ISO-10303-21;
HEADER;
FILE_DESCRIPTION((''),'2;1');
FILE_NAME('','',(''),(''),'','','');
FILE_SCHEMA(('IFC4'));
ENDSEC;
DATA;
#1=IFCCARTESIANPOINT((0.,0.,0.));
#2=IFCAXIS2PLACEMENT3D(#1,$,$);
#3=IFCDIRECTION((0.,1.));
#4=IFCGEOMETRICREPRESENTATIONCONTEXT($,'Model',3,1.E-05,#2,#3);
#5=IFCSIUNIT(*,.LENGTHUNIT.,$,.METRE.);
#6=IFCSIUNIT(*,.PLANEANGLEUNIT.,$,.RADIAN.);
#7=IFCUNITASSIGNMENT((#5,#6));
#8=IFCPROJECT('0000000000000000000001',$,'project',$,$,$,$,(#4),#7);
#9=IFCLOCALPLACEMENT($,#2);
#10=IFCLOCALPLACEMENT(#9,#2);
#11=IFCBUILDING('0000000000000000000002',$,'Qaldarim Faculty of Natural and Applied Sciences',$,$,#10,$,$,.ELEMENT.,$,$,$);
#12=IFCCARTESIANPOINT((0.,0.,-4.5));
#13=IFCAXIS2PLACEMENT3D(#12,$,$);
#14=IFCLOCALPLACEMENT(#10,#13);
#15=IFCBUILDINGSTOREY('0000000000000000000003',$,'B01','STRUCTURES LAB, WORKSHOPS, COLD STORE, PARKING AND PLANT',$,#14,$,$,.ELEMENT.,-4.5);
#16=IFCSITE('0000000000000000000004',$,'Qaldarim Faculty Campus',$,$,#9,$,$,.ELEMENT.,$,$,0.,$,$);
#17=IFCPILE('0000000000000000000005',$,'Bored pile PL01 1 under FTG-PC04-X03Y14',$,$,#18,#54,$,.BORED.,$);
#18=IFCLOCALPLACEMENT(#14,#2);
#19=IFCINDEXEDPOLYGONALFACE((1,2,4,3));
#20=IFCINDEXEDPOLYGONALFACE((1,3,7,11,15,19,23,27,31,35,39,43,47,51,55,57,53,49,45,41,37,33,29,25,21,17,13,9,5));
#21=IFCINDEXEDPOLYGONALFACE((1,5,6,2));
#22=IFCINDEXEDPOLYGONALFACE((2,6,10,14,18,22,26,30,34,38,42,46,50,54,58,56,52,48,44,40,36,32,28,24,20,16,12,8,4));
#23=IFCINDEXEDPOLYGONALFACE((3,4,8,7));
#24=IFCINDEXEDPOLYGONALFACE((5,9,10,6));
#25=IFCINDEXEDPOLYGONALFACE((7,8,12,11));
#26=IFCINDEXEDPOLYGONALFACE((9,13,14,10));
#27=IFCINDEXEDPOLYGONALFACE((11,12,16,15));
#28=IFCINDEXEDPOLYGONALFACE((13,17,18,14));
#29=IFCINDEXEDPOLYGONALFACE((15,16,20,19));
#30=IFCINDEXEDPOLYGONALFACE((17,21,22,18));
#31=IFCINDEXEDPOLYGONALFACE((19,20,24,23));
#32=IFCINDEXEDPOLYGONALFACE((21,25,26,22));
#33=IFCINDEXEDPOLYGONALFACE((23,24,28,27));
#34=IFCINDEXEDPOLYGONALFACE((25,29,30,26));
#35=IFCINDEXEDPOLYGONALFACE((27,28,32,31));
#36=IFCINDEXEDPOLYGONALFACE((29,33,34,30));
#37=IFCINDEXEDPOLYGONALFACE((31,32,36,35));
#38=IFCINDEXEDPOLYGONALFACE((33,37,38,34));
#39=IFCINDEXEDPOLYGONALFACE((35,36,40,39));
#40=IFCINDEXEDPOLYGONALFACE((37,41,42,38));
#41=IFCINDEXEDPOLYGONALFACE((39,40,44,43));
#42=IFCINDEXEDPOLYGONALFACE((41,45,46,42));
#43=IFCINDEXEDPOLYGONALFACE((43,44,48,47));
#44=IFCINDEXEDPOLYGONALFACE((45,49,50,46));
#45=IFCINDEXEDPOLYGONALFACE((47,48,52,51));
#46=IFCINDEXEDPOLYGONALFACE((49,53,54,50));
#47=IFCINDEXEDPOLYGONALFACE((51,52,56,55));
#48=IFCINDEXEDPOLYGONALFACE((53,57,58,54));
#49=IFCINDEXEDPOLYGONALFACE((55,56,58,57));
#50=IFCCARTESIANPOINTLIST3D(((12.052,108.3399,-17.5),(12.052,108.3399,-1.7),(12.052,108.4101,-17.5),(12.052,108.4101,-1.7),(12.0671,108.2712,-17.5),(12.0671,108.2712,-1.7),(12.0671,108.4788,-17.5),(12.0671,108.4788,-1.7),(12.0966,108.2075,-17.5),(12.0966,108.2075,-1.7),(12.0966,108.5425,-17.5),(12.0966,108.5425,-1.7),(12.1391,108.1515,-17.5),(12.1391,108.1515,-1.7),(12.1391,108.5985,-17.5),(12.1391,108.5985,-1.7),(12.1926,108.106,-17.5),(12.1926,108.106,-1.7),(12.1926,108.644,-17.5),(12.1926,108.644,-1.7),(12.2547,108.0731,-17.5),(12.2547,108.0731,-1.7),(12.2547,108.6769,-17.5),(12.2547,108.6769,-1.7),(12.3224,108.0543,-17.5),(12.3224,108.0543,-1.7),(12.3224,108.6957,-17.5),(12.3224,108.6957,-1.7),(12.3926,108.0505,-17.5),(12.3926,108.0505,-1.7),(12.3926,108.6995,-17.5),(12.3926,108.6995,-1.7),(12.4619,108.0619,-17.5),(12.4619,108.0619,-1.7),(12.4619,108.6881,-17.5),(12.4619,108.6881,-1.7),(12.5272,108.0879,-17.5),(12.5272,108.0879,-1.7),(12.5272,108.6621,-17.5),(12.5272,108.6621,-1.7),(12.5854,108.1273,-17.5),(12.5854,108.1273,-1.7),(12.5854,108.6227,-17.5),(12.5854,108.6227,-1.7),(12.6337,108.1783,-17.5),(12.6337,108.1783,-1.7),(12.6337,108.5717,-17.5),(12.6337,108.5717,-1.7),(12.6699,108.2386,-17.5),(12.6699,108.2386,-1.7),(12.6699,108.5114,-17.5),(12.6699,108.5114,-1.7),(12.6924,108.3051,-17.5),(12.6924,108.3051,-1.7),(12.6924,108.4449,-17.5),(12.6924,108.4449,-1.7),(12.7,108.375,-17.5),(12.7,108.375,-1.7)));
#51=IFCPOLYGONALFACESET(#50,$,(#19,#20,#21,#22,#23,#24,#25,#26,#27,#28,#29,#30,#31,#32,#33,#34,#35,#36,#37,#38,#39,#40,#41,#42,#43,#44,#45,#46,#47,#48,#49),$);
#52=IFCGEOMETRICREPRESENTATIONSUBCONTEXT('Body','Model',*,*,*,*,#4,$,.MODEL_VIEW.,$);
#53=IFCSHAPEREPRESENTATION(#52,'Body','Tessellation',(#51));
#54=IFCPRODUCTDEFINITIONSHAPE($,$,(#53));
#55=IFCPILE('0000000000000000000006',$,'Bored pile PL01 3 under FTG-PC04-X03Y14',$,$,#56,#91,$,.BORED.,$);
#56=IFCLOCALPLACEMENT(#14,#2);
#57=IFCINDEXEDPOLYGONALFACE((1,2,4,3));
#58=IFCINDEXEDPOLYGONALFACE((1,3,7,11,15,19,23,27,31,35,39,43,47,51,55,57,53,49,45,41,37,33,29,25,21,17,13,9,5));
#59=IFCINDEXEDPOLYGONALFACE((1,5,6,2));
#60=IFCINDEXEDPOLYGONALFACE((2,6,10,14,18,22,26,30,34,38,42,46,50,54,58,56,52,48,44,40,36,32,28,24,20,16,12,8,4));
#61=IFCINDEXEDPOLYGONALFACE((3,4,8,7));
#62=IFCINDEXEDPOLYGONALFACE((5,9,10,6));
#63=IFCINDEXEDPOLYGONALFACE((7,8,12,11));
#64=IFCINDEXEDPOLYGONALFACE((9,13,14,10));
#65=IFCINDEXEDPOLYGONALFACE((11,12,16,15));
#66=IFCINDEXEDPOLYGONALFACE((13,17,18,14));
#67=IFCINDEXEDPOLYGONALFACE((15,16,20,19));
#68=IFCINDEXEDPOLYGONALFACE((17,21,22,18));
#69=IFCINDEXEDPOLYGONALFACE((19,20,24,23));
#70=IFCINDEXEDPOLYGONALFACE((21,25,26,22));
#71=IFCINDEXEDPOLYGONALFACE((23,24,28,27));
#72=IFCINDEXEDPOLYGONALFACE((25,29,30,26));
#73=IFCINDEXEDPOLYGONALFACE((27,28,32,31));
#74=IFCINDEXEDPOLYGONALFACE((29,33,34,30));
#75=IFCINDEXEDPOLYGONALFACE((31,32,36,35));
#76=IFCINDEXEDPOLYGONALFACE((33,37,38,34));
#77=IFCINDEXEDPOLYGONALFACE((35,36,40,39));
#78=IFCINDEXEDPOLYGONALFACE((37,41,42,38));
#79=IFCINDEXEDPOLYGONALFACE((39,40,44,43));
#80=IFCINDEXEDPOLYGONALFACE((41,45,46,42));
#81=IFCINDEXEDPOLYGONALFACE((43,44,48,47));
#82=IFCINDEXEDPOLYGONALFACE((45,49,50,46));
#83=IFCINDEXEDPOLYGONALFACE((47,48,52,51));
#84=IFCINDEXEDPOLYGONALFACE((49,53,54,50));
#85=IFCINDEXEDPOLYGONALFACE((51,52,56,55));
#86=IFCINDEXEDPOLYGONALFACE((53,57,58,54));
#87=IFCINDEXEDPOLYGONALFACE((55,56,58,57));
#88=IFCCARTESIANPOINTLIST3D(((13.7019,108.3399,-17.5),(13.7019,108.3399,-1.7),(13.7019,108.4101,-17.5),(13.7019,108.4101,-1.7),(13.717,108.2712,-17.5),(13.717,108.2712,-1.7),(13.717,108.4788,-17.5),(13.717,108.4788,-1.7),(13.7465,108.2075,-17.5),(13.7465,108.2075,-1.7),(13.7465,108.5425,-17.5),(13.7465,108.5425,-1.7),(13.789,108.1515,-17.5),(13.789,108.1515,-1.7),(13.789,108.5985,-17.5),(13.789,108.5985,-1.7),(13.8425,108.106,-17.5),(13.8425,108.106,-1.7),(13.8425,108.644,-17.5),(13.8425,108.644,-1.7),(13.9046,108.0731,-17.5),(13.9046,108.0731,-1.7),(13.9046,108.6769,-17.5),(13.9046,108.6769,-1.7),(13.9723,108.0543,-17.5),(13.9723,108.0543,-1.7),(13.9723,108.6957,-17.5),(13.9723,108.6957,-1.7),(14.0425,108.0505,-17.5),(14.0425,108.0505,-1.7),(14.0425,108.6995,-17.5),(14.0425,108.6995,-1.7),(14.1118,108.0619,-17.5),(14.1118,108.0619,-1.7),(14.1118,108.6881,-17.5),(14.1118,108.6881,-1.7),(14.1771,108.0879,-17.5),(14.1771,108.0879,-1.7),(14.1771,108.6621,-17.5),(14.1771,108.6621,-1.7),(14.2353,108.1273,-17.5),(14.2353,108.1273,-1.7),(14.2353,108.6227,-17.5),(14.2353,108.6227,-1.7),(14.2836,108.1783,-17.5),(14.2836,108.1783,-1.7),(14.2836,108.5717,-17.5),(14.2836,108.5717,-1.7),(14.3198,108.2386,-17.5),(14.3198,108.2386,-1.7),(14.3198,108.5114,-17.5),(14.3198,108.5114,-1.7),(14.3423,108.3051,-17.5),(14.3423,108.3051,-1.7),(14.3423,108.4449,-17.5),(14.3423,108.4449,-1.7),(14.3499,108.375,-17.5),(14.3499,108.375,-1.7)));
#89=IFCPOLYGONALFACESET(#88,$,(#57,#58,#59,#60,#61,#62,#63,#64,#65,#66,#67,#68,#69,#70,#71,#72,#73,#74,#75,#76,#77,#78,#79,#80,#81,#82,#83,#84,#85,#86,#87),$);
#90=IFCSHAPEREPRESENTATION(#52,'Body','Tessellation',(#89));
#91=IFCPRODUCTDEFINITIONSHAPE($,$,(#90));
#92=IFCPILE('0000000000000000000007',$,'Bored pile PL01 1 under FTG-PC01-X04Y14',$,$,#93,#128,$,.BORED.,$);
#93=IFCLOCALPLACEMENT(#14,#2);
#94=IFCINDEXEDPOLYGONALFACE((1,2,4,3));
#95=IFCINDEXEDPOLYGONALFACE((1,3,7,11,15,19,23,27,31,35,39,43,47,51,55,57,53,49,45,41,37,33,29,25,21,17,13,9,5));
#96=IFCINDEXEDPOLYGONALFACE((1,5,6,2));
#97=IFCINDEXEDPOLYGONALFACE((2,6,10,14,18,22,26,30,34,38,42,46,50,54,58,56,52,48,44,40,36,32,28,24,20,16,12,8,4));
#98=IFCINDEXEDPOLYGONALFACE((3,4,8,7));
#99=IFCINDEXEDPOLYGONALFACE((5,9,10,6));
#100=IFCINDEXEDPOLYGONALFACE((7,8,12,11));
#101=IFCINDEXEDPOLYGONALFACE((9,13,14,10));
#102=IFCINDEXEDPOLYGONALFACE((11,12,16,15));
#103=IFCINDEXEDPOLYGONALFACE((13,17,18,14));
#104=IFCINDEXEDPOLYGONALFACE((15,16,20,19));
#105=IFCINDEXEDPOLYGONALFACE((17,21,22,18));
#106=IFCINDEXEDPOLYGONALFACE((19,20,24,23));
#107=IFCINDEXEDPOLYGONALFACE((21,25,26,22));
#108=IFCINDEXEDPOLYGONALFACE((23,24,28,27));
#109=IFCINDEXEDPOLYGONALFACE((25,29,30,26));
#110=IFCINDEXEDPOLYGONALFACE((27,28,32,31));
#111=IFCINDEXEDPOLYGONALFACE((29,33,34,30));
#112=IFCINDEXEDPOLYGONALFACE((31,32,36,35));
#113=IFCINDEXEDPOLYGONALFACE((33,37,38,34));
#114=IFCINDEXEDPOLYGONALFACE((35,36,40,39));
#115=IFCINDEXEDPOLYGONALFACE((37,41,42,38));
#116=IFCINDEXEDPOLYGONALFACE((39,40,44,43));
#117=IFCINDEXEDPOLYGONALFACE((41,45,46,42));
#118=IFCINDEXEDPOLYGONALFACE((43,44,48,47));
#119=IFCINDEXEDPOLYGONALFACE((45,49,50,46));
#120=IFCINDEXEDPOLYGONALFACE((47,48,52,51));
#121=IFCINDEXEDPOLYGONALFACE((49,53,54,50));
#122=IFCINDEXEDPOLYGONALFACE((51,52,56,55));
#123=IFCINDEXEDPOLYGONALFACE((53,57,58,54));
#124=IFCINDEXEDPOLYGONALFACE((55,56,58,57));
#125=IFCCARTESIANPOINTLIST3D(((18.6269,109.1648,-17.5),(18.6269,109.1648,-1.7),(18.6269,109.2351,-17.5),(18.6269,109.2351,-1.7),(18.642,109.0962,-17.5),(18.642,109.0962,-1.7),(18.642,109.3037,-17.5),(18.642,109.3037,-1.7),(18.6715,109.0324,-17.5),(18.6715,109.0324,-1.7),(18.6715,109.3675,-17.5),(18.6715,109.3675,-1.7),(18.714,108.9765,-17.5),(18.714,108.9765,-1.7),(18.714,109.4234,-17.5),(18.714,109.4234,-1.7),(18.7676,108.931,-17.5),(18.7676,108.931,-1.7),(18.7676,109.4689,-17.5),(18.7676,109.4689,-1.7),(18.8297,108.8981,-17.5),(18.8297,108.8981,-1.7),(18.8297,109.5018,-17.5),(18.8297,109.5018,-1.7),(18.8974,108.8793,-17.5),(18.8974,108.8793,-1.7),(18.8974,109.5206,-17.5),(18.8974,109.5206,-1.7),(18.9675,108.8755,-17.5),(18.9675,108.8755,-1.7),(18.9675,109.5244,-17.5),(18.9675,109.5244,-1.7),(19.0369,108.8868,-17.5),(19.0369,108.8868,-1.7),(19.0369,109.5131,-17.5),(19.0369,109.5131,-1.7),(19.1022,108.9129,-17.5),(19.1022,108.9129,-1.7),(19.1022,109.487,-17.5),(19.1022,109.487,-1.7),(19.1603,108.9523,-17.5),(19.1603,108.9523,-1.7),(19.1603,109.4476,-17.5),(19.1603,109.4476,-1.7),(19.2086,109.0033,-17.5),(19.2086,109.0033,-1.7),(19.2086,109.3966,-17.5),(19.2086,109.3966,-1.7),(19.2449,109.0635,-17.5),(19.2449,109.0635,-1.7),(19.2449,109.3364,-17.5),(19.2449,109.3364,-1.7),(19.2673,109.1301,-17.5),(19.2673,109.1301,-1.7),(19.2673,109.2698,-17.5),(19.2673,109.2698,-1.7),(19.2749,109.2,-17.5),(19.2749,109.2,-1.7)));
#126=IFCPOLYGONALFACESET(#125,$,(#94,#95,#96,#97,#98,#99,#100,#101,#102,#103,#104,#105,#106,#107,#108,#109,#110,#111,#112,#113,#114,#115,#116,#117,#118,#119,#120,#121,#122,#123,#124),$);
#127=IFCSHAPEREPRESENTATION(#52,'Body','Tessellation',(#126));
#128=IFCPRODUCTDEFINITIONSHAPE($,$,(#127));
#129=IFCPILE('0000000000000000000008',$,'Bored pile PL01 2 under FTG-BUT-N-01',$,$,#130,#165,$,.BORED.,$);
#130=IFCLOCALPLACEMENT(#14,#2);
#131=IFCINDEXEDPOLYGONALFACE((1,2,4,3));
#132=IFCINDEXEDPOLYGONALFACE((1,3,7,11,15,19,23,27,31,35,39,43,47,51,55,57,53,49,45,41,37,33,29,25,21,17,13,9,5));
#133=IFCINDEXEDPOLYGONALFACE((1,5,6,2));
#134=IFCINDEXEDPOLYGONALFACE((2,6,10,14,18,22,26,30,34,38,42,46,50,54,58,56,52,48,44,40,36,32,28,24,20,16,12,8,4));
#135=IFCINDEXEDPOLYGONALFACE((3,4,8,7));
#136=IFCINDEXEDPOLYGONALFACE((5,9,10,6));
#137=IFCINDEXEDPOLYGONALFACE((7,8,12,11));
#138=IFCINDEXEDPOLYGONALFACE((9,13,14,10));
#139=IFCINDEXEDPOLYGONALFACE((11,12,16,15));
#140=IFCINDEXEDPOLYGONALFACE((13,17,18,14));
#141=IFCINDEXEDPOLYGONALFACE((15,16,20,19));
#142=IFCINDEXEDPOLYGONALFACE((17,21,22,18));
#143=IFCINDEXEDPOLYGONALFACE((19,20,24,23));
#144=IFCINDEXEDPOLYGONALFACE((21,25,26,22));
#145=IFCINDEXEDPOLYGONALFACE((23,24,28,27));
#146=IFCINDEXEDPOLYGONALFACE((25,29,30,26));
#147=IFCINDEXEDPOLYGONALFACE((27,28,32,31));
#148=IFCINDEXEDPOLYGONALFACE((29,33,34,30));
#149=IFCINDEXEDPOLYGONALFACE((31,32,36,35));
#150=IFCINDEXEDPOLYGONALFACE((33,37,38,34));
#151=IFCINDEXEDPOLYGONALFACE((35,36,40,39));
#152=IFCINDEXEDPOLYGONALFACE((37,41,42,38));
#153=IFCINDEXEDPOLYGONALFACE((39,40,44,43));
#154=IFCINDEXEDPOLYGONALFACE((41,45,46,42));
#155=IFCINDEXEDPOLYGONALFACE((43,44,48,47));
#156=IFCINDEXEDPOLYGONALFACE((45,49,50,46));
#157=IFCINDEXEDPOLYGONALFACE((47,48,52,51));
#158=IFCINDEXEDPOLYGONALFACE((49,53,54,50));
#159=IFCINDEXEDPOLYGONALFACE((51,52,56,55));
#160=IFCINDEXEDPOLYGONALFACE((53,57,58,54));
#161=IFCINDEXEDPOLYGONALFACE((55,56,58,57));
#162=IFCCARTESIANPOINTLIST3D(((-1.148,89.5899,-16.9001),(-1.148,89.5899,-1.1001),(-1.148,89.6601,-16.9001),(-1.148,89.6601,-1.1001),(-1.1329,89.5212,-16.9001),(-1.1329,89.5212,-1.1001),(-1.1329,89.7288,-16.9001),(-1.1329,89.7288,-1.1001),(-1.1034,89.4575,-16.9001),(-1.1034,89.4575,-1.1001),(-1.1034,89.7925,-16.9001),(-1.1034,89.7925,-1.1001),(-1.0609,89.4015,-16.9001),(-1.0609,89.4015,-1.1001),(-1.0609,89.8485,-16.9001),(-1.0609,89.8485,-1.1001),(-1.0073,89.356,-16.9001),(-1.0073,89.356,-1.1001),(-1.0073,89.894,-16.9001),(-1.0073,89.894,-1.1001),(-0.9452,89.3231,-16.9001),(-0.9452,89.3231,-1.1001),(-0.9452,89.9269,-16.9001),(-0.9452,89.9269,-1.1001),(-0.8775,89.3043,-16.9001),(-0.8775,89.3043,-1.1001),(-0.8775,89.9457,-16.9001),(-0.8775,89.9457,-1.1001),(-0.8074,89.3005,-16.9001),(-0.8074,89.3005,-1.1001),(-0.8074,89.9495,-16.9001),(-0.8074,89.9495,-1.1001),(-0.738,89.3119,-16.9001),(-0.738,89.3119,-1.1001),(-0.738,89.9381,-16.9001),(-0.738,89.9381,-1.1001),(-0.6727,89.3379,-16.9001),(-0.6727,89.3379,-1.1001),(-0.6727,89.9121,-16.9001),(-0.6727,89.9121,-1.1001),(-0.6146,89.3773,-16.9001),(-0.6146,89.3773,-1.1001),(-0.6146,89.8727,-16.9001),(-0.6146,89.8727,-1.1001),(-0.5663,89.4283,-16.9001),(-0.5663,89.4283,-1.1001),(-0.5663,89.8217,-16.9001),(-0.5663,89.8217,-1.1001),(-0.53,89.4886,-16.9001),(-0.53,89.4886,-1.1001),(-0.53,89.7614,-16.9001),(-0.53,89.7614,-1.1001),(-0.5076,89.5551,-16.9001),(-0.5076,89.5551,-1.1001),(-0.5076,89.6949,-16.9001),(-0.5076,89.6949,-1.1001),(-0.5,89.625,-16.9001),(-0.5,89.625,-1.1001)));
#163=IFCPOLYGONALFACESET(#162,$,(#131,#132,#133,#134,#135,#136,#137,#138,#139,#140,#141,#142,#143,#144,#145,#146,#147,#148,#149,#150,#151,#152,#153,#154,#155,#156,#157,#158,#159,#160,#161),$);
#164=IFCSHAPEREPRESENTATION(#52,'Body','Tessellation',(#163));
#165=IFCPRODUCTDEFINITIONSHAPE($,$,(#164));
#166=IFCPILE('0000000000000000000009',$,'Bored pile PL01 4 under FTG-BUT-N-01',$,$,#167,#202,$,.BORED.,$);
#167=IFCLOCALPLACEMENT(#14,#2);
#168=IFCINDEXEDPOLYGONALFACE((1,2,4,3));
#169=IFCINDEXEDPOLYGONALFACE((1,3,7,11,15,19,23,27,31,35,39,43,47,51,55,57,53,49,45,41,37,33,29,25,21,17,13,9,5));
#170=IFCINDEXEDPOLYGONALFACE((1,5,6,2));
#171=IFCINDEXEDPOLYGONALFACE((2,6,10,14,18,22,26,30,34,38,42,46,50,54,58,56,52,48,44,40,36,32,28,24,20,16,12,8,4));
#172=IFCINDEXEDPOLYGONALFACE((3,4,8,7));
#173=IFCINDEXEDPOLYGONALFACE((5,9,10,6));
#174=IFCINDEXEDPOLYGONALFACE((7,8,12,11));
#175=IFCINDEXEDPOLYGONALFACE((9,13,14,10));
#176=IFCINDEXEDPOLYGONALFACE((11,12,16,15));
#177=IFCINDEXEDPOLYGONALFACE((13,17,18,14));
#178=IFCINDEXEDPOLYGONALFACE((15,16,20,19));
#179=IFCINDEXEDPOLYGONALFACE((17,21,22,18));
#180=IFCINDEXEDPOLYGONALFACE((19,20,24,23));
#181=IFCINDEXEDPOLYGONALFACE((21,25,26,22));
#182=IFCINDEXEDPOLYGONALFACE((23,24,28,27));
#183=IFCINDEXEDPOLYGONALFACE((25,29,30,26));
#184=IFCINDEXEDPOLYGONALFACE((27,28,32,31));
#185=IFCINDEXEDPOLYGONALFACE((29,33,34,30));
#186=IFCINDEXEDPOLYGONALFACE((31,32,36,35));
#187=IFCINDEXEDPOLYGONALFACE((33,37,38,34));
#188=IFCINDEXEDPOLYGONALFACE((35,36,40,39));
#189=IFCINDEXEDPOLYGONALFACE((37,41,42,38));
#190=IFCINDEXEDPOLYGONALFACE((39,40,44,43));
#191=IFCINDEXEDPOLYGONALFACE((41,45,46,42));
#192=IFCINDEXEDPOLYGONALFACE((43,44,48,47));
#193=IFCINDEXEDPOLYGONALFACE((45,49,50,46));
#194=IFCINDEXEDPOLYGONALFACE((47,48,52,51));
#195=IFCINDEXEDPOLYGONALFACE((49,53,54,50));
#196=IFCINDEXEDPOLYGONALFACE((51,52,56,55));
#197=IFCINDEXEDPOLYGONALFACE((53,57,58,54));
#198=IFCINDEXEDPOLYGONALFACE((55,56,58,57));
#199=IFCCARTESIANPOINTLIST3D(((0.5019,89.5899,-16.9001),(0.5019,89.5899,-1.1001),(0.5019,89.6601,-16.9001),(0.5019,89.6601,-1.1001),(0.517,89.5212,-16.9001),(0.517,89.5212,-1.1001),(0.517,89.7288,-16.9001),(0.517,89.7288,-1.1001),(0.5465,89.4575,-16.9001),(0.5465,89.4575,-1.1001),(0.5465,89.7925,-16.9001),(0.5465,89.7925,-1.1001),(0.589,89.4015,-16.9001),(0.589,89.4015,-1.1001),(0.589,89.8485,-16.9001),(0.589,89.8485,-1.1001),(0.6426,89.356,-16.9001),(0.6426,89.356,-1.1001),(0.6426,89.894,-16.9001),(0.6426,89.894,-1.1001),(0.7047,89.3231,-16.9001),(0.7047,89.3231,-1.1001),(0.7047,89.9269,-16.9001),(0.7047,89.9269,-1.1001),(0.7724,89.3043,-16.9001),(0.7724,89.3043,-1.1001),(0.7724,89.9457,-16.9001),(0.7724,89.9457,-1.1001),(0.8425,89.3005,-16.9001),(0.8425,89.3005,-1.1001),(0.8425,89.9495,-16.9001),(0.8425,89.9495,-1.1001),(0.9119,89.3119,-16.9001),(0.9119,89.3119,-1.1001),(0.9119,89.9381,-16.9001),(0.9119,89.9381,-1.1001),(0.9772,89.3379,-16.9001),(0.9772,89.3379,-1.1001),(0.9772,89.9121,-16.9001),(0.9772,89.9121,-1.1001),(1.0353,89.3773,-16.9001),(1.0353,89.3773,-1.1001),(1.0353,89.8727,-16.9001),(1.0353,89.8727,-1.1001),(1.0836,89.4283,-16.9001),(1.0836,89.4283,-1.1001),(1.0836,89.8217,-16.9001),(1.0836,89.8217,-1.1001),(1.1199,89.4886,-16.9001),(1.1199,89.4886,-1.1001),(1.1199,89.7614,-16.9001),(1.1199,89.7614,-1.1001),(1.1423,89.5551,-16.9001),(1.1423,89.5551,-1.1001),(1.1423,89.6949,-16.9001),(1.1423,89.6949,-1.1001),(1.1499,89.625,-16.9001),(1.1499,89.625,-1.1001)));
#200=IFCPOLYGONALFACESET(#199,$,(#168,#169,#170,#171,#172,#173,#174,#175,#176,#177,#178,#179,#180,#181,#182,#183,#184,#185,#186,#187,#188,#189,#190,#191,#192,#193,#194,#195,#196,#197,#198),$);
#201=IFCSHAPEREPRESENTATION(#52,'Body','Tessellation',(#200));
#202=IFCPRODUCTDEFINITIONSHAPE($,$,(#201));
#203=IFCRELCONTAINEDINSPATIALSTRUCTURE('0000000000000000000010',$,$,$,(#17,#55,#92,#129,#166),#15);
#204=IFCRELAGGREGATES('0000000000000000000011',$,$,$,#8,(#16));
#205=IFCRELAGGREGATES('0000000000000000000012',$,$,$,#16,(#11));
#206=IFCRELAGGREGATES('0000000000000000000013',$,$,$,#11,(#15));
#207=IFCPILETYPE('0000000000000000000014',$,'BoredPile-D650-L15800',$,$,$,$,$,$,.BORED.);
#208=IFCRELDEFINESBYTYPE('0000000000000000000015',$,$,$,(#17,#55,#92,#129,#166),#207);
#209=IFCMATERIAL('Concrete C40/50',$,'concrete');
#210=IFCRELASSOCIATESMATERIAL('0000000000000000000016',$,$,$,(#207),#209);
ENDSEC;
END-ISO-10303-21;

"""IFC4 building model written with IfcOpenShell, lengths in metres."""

from ifc_helpers import new_model, si_unit, direction, frame, origin, origin_2d, place, context, subcontext, project, spatial, circle, extrude, material, material_profile, profile_set, type_object, element, save


model = new_model("IFC4")

# Units and contexts
model_context = context("Model", 3, precision=1e-05, world=origin(), true_north=direction((0.0, 1.0)))
body_context = subcontext(model_context, "Body", "Model", "MODEL_VIEW")
ifc_project = project(units=[si_unit("LENGTHUNIT", "METRE"), si_unit("PLANEANGLEUNIT", "RADIAN")], contexts=[model_context])

# Site, building, storey
site_placement = place(None, origin())
site = spatial("IfcSite", under=ifc_project, at=site_placement, Name="Qaldarim Faculty Campus", CompositionType="ELEMENT", RefElevation=0.0)
building_placement = place(site_placement, origin())
building = spatial("IfcBuilding", under=site, at=building_placement, Name="Qaldarim Faculty of Natural and Applied Sciences", CompositionType="ELEMENT")
storey_placement = place(building_placement, frame((0.0, 0.0, -4.5)))
storey = spatial("IfcBuildingStorey", under=building, at=storey_placement, Name="B01", Description="STRUCTURES LAB, WORKSHOPS, COLD STORE, PARKING AND PLANT", CompositionType="ELEMENT", Elevation=-4.5)

# Piles
ifc_material_1 = material(Name="Concrete C40/50", Category="concrete")
ifc_material_profile_1 = material_profile(ifc_material_1, circle(Radius=0.325, at=origin_2d()), Name="PILE-D650")
ifc_profile_set_1 = profile_set([ifc_material_profile_1], Name="Concrete C40/50")
pile_type_1 = type_object("IfcPileType", Name="BoredPile-D650-L15800", PredefinedType="BORED", material=ifc_profile_set_1)
for number, where, z_axis, x_axis, name in (
    (1, (12.375, 108.375, -1.7), (0.0, 0.0, -1.0), (1.0, 0.0, 0.0), "Bored pile PL01 1 under FTG-PC04-X03Y14"),
    (2, (14.0249, 108.375, -1.7), (0.0, 0.0, -1.0), (1.0, 0.0, 0.0), "Bored pile PL01 3 under FTG-PC04-X03Y14"),
    (3, (18.95, 109.2, -1.7), (0.0, 0.0, -1.0), (1.0, 0.0, 0.0), "Bored pile PL01 1 under FTG-PC01-X04Y14"),
    (4, (-0.825, 89.625, -1.1001), (0.0, 0.0, -1.0), (1.0, 0.0, 0.0), "Bored pile PL01 2 under FTG-BUT-N-01"),
    (5, (0.825, 89.625, -1.1001), (0.0, 0.0, -1.0), (1.0, 0.0, 0.0), "Bored pile PL01 4 under FTG-BUT-N-01"),
):
    element("IfcPile", number, at=place(storey_placement, frame(where, z_axis=z_axis, x_axis=x_axis)), inside=storey, type_object=pile_type_1, Name=name, PredefinedType="BORED", context=body_context, shape_type="SweptSolid", body=[
        extrude(circle(Radius=0.325, at=origin_2d()), origin(), (0.0, 0.0, 1.0), 15.8),
    ])

save(model, "model.ifc")
